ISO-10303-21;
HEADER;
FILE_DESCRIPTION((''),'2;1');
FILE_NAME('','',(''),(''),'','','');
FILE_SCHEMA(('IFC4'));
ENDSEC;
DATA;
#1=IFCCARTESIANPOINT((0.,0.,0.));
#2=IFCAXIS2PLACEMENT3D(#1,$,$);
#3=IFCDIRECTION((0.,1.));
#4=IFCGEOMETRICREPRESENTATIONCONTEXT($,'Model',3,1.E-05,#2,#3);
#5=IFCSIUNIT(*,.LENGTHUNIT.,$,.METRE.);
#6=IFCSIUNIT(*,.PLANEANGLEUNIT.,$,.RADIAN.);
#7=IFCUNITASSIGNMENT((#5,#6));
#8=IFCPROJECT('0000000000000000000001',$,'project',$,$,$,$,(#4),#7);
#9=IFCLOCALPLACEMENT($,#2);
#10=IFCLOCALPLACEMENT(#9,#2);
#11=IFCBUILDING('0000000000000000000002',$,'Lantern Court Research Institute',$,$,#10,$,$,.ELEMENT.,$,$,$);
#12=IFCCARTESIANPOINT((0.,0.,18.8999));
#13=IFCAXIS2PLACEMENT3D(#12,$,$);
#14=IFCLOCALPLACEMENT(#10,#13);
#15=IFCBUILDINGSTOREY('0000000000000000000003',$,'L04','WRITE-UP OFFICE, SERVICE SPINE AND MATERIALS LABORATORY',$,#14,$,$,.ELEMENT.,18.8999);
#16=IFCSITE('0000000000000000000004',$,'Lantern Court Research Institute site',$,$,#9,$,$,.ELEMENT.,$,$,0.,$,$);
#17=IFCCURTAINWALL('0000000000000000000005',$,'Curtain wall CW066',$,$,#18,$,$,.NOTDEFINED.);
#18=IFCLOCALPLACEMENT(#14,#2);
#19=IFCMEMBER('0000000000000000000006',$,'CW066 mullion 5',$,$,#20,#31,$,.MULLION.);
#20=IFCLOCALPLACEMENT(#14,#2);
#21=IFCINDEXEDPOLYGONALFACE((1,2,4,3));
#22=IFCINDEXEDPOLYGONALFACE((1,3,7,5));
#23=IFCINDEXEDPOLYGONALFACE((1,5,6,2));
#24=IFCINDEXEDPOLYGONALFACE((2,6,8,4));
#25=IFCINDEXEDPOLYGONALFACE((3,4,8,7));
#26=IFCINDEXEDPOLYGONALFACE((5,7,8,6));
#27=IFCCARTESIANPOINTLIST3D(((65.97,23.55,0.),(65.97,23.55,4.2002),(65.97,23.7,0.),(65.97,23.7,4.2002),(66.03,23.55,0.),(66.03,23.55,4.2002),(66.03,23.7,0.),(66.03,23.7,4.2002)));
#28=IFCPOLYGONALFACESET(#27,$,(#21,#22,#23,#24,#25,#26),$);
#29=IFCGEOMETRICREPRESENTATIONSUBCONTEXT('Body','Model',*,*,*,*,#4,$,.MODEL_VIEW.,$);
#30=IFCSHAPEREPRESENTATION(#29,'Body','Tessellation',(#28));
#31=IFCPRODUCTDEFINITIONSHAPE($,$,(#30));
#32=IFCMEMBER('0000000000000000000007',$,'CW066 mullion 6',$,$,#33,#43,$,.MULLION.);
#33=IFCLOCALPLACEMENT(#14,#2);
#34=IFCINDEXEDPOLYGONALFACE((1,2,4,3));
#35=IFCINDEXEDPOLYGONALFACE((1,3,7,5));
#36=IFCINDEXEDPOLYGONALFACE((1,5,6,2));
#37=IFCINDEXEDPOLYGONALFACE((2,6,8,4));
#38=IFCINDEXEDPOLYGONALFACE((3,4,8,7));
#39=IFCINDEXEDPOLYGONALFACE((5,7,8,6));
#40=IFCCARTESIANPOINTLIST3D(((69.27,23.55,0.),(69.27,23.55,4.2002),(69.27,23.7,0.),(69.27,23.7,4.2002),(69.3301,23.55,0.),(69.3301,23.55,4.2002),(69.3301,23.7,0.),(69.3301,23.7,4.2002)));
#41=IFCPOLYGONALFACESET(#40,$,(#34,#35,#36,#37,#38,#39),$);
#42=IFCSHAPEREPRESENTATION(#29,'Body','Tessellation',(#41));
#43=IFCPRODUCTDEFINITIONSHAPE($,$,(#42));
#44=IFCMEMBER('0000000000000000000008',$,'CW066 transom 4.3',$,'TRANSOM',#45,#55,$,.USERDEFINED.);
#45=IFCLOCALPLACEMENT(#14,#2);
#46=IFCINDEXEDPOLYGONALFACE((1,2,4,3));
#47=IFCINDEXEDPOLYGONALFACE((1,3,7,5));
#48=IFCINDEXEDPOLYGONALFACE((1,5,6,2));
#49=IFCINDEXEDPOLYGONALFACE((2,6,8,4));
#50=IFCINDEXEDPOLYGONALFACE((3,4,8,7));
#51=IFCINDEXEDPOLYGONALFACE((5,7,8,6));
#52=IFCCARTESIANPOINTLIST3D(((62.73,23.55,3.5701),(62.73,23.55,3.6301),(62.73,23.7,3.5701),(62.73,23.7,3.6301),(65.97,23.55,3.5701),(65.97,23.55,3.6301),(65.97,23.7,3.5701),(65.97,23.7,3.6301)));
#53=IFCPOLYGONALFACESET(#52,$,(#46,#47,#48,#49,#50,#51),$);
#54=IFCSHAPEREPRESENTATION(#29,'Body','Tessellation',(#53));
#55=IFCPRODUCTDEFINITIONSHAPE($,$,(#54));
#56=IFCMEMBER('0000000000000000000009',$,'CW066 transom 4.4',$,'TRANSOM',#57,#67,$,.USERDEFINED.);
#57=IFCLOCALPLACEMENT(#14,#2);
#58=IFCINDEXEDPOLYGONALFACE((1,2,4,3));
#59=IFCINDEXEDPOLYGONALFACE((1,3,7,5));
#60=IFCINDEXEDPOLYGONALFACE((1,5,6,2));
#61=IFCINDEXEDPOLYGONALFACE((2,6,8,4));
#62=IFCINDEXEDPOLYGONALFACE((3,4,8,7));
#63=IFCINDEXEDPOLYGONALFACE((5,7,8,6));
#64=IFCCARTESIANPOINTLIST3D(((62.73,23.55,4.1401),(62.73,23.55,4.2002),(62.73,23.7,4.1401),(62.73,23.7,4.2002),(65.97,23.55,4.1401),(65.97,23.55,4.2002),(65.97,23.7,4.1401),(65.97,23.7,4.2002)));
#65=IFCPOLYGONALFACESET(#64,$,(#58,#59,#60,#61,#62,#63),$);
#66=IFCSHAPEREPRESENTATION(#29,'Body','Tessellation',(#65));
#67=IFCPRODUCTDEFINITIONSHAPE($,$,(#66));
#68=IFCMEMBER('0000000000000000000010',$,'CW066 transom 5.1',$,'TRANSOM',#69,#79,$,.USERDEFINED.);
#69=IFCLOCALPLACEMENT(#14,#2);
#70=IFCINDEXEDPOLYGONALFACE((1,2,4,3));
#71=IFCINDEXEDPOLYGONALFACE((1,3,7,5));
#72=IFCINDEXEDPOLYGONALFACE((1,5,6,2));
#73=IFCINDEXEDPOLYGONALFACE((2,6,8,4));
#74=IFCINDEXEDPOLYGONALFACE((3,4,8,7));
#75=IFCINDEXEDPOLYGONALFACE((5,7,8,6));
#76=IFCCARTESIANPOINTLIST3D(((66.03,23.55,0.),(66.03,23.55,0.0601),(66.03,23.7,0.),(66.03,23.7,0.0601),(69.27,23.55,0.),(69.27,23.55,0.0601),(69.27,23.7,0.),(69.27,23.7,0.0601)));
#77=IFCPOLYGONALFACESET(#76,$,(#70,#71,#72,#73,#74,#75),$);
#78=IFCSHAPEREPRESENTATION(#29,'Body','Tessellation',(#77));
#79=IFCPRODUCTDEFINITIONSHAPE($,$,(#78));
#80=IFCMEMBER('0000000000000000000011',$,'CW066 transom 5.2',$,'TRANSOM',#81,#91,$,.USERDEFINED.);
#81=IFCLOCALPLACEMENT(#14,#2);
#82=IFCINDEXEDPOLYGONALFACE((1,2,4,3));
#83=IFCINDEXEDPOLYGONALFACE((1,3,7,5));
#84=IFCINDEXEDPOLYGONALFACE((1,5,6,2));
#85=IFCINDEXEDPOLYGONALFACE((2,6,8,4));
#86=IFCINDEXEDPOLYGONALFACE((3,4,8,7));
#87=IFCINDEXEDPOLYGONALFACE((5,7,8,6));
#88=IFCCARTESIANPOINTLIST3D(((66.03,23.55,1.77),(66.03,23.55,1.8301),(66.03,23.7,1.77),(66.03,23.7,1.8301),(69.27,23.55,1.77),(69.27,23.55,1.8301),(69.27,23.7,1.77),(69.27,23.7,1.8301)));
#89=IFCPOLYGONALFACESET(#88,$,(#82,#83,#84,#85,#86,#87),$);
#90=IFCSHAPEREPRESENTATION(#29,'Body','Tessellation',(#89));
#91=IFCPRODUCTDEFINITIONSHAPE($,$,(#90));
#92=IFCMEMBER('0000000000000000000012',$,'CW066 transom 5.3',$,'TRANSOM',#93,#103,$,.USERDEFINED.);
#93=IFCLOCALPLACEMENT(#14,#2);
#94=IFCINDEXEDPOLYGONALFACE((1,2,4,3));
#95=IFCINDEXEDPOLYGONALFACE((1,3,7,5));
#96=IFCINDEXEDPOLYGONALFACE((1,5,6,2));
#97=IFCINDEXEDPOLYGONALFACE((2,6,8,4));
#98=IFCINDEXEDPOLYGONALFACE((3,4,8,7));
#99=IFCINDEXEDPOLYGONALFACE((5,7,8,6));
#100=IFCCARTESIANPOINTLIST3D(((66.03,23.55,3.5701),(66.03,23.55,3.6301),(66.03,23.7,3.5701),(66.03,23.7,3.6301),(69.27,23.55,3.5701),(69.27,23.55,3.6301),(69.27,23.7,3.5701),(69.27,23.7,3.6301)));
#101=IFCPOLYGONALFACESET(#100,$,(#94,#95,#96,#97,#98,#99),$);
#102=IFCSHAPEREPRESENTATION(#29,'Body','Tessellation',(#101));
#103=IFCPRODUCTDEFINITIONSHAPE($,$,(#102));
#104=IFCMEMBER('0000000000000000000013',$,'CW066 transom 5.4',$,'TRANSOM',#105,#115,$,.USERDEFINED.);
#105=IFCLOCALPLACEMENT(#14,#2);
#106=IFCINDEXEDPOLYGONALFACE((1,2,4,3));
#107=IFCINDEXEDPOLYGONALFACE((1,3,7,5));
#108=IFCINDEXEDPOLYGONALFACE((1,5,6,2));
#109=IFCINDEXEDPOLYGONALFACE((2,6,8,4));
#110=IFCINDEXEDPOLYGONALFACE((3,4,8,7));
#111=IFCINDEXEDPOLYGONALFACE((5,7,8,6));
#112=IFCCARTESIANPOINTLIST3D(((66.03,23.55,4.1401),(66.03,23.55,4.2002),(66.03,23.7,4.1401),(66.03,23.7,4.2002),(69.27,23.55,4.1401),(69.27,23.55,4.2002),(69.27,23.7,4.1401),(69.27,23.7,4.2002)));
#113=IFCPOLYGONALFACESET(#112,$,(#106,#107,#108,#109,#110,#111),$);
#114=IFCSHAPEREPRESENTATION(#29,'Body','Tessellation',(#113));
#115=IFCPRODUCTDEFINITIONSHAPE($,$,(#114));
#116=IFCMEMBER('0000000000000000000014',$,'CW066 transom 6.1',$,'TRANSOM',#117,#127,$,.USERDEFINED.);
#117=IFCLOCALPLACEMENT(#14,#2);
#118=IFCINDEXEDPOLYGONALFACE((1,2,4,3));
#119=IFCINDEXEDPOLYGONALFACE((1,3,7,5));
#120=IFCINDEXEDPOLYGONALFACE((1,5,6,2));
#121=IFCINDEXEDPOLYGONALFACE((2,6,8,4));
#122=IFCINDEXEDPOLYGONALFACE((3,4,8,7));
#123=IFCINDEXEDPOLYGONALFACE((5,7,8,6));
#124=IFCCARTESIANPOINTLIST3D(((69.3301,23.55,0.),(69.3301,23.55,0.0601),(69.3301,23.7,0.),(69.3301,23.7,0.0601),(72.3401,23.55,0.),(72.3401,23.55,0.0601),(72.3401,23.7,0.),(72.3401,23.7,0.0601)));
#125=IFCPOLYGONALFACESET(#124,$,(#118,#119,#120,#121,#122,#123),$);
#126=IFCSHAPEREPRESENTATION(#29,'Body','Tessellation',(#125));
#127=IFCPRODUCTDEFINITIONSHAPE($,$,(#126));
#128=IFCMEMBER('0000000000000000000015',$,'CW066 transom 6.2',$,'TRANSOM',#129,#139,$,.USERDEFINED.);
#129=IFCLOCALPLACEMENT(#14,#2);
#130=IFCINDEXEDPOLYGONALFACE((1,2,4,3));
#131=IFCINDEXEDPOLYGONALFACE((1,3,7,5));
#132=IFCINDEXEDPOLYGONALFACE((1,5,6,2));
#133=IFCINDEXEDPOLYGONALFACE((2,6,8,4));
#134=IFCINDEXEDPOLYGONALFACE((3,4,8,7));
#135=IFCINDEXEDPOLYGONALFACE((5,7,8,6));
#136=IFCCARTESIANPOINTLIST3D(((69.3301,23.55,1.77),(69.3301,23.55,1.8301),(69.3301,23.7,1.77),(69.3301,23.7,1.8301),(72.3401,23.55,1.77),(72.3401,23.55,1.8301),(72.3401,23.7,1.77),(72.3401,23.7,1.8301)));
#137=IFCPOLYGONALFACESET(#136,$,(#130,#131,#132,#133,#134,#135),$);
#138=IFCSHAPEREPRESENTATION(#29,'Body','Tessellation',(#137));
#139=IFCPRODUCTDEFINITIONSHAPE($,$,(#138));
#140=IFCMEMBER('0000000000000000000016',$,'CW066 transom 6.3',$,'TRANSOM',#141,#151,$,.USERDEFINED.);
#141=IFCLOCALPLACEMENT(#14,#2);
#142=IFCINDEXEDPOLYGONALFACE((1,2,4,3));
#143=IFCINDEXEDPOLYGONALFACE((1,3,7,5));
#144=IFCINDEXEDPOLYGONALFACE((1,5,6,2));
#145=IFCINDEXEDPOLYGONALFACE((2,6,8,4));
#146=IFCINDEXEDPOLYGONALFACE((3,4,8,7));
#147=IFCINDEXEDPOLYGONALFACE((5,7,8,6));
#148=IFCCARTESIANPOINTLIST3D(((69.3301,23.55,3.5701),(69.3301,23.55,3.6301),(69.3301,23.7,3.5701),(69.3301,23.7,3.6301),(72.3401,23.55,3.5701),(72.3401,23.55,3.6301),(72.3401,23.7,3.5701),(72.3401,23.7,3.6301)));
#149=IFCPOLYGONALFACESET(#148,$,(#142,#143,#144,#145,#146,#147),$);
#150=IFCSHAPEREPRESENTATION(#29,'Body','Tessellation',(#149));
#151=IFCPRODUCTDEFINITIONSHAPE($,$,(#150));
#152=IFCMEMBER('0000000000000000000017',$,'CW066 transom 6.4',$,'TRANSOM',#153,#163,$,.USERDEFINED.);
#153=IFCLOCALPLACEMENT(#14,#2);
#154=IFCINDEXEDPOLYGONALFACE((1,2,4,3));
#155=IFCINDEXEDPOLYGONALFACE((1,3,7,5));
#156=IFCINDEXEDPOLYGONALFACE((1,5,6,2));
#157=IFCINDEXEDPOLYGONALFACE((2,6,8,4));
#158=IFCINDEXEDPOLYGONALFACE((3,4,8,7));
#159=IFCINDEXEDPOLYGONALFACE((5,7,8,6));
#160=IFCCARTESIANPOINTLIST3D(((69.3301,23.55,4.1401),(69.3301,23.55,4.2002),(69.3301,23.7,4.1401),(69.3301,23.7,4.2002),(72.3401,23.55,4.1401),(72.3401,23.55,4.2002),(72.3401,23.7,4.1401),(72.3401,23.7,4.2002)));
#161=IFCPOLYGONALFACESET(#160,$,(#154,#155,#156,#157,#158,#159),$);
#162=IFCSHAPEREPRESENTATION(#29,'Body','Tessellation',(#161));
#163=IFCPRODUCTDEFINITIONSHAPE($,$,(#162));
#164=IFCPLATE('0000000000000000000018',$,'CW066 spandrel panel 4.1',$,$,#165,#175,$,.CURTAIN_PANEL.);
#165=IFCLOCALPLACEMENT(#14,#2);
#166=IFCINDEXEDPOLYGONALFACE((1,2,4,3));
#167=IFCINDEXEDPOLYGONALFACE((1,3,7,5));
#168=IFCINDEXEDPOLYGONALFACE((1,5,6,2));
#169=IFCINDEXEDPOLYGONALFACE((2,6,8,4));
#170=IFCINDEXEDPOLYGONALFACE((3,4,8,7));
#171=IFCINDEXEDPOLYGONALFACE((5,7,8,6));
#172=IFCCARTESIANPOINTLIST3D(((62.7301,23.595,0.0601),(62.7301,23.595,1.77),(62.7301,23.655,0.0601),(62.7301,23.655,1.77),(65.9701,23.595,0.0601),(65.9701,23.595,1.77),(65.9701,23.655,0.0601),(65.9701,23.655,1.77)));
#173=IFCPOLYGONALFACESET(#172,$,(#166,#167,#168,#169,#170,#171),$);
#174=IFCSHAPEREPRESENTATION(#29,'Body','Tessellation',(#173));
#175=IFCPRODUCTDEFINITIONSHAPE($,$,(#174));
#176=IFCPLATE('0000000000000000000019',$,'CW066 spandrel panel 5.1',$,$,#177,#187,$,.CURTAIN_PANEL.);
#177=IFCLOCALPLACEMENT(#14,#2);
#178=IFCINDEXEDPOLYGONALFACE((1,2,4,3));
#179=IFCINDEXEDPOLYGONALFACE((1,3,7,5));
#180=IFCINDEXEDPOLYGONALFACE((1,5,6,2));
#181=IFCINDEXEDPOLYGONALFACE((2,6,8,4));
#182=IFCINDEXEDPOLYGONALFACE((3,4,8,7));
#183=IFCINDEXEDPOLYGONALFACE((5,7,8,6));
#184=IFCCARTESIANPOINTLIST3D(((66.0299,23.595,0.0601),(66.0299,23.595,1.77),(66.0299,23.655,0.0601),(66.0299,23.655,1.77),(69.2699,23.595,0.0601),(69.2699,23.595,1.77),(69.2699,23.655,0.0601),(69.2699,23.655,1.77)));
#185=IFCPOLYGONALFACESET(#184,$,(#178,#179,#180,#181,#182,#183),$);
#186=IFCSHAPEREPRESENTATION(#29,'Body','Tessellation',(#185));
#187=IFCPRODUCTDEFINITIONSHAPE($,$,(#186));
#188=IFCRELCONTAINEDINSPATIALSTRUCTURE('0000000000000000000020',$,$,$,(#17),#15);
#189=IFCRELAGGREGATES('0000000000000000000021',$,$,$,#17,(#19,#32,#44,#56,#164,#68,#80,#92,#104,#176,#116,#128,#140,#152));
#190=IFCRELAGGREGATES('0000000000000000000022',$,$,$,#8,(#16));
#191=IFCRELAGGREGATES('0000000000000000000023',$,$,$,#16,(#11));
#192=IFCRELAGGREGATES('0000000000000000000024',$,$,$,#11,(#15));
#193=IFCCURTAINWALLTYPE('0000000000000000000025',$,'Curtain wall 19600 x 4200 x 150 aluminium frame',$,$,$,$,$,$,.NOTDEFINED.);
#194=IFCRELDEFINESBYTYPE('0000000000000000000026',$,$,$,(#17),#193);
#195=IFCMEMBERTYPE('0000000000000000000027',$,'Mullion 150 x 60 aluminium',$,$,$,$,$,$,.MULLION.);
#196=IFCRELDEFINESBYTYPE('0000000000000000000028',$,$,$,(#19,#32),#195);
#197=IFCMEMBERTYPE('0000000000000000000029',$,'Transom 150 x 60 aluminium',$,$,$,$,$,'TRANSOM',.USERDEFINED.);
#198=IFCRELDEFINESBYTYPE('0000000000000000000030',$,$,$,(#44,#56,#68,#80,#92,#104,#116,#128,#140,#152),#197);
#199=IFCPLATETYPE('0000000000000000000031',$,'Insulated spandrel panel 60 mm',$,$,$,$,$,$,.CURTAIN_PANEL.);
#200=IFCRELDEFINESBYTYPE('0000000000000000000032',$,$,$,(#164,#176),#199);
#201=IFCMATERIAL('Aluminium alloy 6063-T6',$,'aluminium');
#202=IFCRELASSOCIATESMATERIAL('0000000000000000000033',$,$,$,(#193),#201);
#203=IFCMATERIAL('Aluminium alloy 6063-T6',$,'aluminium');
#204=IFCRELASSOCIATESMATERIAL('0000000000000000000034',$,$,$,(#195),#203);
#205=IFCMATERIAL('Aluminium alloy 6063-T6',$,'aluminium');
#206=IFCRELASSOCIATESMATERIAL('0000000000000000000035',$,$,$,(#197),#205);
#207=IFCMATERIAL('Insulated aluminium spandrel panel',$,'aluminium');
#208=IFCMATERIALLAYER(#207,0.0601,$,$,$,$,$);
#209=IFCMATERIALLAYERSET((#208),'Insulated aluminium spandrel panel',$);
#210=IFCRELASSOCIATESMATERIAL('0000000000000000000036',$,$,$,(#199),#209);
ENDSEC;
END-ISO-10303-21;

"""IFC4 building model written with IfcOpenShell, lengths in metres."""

from ifc_helpers import new_model, si_unit, direction, frame, origin, origin_2d, place, context, subcontext, project, spatial, rectangle, extrude, material, layer, layer_set, material_profile, profile_set, type_object, element, aggregate, save


model = new_model("IFC4")

# Units and contexts
model_context = context("Model", 3, precision=1e-05, world=origin(), true_north=direction((0.0, 1.0)))
body_context = subcontext(model_context, "Body", "Model", "MODEL_VIEW")
ifc_project = project(units=[si_unit("LENGTHUNIT", "METRE"), si_unit("PLANEANGLEUNIT", "RADIAN")], contexts=[model_context])

# Site, building, storey
site_placement = place(None, origin())
site = spatial("IfcSite", under=ifc_project, at=site_placement, Name="Lantern Court Research Institute site", CompositionType="ELEMENT", RefElevation=0.0)
building_placement = place(site_placement, origin())
building = spatial("IfcBuilding", under=site, at=building_placement, Name="Lantern Court Research Institute", CompositionType="ELEMENT")
storey_placement = place(building_placement, frame((0.0, 0.0, 18.8999)))
storey = spatial("IfcBuildingStorey", under=building, at=storey_placement, Name="L04", Description="WRITE-UP OFFICE, SERVICE SPINE AND MATERIALS LABORATORY", CompositionType="ELEMENT", Elevation=18.8999)

# Curtain wall, members, plates
ifc_material_1 = material(Name="Aluminium alloy 6063-T6", Category="aluminium")
curtain_wall_type = type_object("IfcCurtainWallType", Name="Curtain wall 19600 x 4200 x 150 aluminium frame", PredefinedType="NOTDEFINED", material=ifc_material_1)
curtain_wall_placement = place(storey_placement, origin())
curtain_wall = element("IfcCurtainWall", 1, at=curtain_wall_placement, inside=storey, type_object=curtain_wall_type, Name="Curtain wall CW066", PredefinedType="NOTDEFINED")
ifc_material_2 = material(Name="Aluminium alloy 6063-T6", Category="aluminium")
ifc_material_profile_1 = material_profile(ifc_material_2, rectangle(XDim=0.1499, YDim=0.0601, at=origin_2d()), Name="Mullion 150 x 60")
ifc_profile_set_1 = profile_set([ifc_material_profile_1], Name="Aluminium alloy 6063-T6")
member_type_1 = type_object("IfcMemberType", Name="Mullion 150 x 60 aluminium", PredefinedType="MULLION", material=ifc_profile_set_1)
member_1_placement = place(storey_placement, frame((66.0, 23.625, 0.0), z_axis=(0.0, 0.0, 1.0), x_axis=(0.0, 1.0, 0.0)))
member_1 = element("IfcMember", 2, at=member_1_placement, type_object=member_type_1, Name="CW066 mullion 5", PredefinedType="MULLION", context=body_context, shape_type="SweptSolid", body=[
    extrude(rectangle(XDim=0.1499, YDim=0.0601, at=origin_2d()), origin(), (0.0, 0.0, 1.0), 4.2002),
])
member_2_placement = place(storey_placement, frame((69.3, 23.625, 0.0), z_axis=(0.0, 0.0, 1.0), x_axis=(0.0, 1.0, 0.0)))
member_2 = element("IfcMember", 3, at=member_2_placement, type_object=member_type_1, Name="CW066 mullion 6", PredefinedType="MULLION", context=body_context, shape_type="SweptSolid", body=[
    extrude(rectangle(XDim=0.1499, YDim=0.0601, at=origin_2d()), origin(), (0.0, 0.0, 1.0), 4.2002),
])
ifc_material_3 = material(Name="Aluminium alloy 6063-T6", Category="aluminium")
ifc_material_profile_2 = material_profile(ifc_material_3, rectangle(XDim=0.1499, YDim=0.0601, at=origin_2d()), Name="Transom 150 x 60")
ifc_profile_set_2 = profile_set([ifc_material_profile_2], Name="Aluminium alloy 6063-T6")
member_type_2 = type_object("IfcMemberType", Name="Transom 150 x 60 aluminium", ElementType="TRANSOM", PredefinedType="USERDEFINED", material=ifc_profile_set_2)
member_3_placement = place(storey_placement, frame((62.73, 23.625, 3.6001), z_axis=(1.0, 0.0, 0.0), x_axis=(0.0, 1.0, 0.0)))
member_3 = element("IfcMember", 4, at=member_3_placement, type_object=member_type_2, Name="CW066 transom 4.3", ObjectType="TRANSOM", PredefinedType="USERDEFINED", context=body_context, shape_type="SweptSolid", body=[
    extrude(rectangle(XDim=0.1499, YDim=0.0601, at=origin_2d()), origin(), (0.0, 0.0, 1.0), 3.24),
])
member_4_placement = place(storey_placement, frame((62.73, 23.625, 4.1702), z_axis=(1.0, 0.0, 0.0), x_axis=(0.0, 1.0, 0.0)))
member_4 = element("IfcMember", 5, at=member_4_placement, type_object=member_type_2, Name="CW066 transom 4.4", ObjectType="TRANSOM", PredefinedType="USERDEFINED", context=body_context, shape_type="SweptSolid", body=[
    extrude(rectangle(XDim=0.1499, YDim=0.0601, at=origin_2d()), origin(), (0.0, 0.0, 1.0), 3.24),
])
member_5_placement = place(storey_placement, frame((66.03, 23.625, 0.03), z_axis=(1.0, 0.0, 0.0), x_axis=(0.0, 1.0, 0.0)))
member_5 = element("IfcMember", 6, at=member_5_placement, type_object=member_type_2, Name="CW066 transom 5.1", ObjectType="TRANSOM", PredefinedType="USERDEFINED", context=body_context, shape_type="SweptSolid", body=[
    extrude(rectangle(XDim=0.1499, YDim=0.0601, at=origin_2d()), origin(), (0.0, 0.0, 1.0), 3.24),
])
member_6_placement = place(storey_placement, frame((66.03, 23.625, 1.8), z_axis=(1.0, 0.0, 0.0), x_axis=(0.0, 1.0, 0.0)))
member_6 = element("IfcMember", 7, at=member_6_placement, type_object=member_type_2, Name="CW066 transom 5.2", ObjectType="TRANSOM", PredefinedType="USERDEFINED", context=body_context, shape_type="SweptSolid", body=[
    extrude(rectangle(XDim=0.1499, YDim=0.0601, at=origin_2d()), origin(), (0.0, 0.0, 1.0), 3.24),
])
member_7_placement = place(storey_placement, frame((66.03, 23.625, 3.6001), z_axis=(1.0, 0.0, 0.0), x_axis=(0.0, 1.0, 0.0)))
member_7 = element("IfcMember", 8, at=member_7_placement, type_object=member_type_2, Name="CW066 transom 5.3", ObjectType="TRANSOM", PredefinedType="USERDEFINED", context=body_context, shape_type="SweptSolid", body=[
    extrude(rectangle(XDim=0.1499, YDim=0.0601, at=origin_2d()), origin(), (0.0, 0.0, 1.0), 3.24),
])
member_8_placement = place(storey_placement, frame((66.03, 23.625, 4.1702), z_axis=(1.0, 0.0, 0.0), x_axis=(0.0, 1.0, 0.0)))
member_8 = element("IfcMember", 9, at=member_8_placement, type_object=member_type_2, Name="CW066 transom 5.4", ObjectType="TRANSOM", PredefinedType="USERDEFINED", context=body_context, shape_type="SweptSolid", body=[
    extrude(rectangle(XDim=0.1499, YDim=0.0601, at=origin_2d()), origin(), (0.0, 0.0, 1.0), 3.24),
])
member_9_placement = place(storey_placement, frame((69.3301, 23.625, 0.03), z_axis=(1.0, 0.0, 0.0), x_axis=(0.0, 1.0, 0.0)))
member_9 = element("IfcMember", 10, at=member_9_placement, type_object=member_type_2, Name="CW066 transom 6.1", ObjectType="TRANSOM", PredefinedType="USERDEFINED", context=body_context, shape_type="SweptSolid", body=[
    extrude(rectangle(XDim=0.1499, YDim=0.0601, at=origin_2d()), origin(), (0.0, 0.0, 1.0), 3.01),
])
member_10_placement = place(storey_placement, frame((69.3301, 23.625, 1.8), z_axis=(1.0, 0.0, 0.0), x_axis=(0.0, 1.0, 0.0)))
member_10 = element("IfcMember", 11, at=member_10_placement, type_object=member_type_2, Name="CW066 transom 6.2", ObjectType="TRANSOM", PredefinedType="USERDEFINED", context=body_context, shape_type="SweptSolid", body=[
    extrude(rectangle(XDim=0.1499, YDim=0.0601, at=origin_2d()), origin(), (0.0, 0.0, 1.0), 3.01),
])
member_11_placement = place(storey_placement, frame((69.3301, 23.625, 3.6001), z_axis=(1.0, 0.0, 0.0), x_axis=(0.0, 1.0, 0.0)))
member_11 = element("IfcMember", 12, at=member_11_placement, type_object=member_type_2, Name="CW066 transom 6.3", ObjectType="TRANSOM", PredefinedType="USERDEFINED", context=body_context, shape_type="SweptSolid", body=[
    extrude(rectangle(XDim=0.1499, YDim=0.0601, at=origin_2d()), origin(), (0.0, 0.0, 1.0), 3.01),
])
member_12_placement = place(storey_placement, frame((69.3301, 23.625, 4.1702), z_axis=(1.0, 0.0, 0.0), x_axis=(0.0, 1.0, 0.0)))
member_12 = element("IfcMember", 13, at=member_12_placement, type_object=member_type_2, Name="CW066 transom 6.4", ObjectType="TRANSOM", PredefinedType="USERDEFINED", context=body_context, shape_type="SweptSolid", body=[
    extrude(rectangle(XDim=0.1499, YDim=0.0601, at=origin_2d()), origin(), (0.0, 0.0, 1.0), 3.01),
])
ifc_material_4 = material(Name="Insulated aluminium spandrel panel", Category="aluminium")
ifc_layer_1 = layer(ifc_material_4, 0.0601)
ifc_layer_set_1 = layer_set([ifc_layer_1], Name="Insulated aluminium spandrel panel")
plate_type_1 = type_object("IfcPlateType", Name="Insulated spandrel panel 60 mm", PredefinedType="CURTAIN_PANEL", material=ifc_layer_set_1)
plate_1_placement = place(storey_placement, frame((64.3501, 23.625, 0.0601), z_axis=(0.0, 0.0, 1.0), x_axis=(1.0, 0.0, 0.0)))
plate_1 = element("IfcPlate", 14, at=plate_1_placement, type_object=plate_type_1, Name="CW066 spandrel panel 4.1", PredefinedType="CURTAIN_PANEL", context=body_context, shape_type="SweptSolid", body=[
    extrude(rectangle(XDim=3.24, YDim=0.0601, at=origin_2d()), origin(), (0.0, 0.0, 1.0), 1.71),
])
plate_2_placement = place(storey_placement, frame((67.6499, 23.625, 0.0601), z_axis=(0.0, 0.0, 1.0), x_axis=(1.0, 0.0, 0.0)))
plate_2 = element("IfcPlate", 15, at=plate_2_placement, type_object=plate_type_1, Name="CW066 spandrel panel 5.1", PredefinedType="CURTAIN_PANEL", context=body_context, shape_type="SweptSolid", body=[
    extrude(rectangle(XDim=3.24, YDim=0.0601, at=origin_2d()), origin(), (0.0, 0.0, 1.0), 1.71),
])
aggregate(curtain_wall, [member_1, member_2, member_3, member_4, plate_1, member_5, member_6, member_7, member_8, plate_2, member_9, member_10, member_11, member_12])

save(model, "model.ifc")
